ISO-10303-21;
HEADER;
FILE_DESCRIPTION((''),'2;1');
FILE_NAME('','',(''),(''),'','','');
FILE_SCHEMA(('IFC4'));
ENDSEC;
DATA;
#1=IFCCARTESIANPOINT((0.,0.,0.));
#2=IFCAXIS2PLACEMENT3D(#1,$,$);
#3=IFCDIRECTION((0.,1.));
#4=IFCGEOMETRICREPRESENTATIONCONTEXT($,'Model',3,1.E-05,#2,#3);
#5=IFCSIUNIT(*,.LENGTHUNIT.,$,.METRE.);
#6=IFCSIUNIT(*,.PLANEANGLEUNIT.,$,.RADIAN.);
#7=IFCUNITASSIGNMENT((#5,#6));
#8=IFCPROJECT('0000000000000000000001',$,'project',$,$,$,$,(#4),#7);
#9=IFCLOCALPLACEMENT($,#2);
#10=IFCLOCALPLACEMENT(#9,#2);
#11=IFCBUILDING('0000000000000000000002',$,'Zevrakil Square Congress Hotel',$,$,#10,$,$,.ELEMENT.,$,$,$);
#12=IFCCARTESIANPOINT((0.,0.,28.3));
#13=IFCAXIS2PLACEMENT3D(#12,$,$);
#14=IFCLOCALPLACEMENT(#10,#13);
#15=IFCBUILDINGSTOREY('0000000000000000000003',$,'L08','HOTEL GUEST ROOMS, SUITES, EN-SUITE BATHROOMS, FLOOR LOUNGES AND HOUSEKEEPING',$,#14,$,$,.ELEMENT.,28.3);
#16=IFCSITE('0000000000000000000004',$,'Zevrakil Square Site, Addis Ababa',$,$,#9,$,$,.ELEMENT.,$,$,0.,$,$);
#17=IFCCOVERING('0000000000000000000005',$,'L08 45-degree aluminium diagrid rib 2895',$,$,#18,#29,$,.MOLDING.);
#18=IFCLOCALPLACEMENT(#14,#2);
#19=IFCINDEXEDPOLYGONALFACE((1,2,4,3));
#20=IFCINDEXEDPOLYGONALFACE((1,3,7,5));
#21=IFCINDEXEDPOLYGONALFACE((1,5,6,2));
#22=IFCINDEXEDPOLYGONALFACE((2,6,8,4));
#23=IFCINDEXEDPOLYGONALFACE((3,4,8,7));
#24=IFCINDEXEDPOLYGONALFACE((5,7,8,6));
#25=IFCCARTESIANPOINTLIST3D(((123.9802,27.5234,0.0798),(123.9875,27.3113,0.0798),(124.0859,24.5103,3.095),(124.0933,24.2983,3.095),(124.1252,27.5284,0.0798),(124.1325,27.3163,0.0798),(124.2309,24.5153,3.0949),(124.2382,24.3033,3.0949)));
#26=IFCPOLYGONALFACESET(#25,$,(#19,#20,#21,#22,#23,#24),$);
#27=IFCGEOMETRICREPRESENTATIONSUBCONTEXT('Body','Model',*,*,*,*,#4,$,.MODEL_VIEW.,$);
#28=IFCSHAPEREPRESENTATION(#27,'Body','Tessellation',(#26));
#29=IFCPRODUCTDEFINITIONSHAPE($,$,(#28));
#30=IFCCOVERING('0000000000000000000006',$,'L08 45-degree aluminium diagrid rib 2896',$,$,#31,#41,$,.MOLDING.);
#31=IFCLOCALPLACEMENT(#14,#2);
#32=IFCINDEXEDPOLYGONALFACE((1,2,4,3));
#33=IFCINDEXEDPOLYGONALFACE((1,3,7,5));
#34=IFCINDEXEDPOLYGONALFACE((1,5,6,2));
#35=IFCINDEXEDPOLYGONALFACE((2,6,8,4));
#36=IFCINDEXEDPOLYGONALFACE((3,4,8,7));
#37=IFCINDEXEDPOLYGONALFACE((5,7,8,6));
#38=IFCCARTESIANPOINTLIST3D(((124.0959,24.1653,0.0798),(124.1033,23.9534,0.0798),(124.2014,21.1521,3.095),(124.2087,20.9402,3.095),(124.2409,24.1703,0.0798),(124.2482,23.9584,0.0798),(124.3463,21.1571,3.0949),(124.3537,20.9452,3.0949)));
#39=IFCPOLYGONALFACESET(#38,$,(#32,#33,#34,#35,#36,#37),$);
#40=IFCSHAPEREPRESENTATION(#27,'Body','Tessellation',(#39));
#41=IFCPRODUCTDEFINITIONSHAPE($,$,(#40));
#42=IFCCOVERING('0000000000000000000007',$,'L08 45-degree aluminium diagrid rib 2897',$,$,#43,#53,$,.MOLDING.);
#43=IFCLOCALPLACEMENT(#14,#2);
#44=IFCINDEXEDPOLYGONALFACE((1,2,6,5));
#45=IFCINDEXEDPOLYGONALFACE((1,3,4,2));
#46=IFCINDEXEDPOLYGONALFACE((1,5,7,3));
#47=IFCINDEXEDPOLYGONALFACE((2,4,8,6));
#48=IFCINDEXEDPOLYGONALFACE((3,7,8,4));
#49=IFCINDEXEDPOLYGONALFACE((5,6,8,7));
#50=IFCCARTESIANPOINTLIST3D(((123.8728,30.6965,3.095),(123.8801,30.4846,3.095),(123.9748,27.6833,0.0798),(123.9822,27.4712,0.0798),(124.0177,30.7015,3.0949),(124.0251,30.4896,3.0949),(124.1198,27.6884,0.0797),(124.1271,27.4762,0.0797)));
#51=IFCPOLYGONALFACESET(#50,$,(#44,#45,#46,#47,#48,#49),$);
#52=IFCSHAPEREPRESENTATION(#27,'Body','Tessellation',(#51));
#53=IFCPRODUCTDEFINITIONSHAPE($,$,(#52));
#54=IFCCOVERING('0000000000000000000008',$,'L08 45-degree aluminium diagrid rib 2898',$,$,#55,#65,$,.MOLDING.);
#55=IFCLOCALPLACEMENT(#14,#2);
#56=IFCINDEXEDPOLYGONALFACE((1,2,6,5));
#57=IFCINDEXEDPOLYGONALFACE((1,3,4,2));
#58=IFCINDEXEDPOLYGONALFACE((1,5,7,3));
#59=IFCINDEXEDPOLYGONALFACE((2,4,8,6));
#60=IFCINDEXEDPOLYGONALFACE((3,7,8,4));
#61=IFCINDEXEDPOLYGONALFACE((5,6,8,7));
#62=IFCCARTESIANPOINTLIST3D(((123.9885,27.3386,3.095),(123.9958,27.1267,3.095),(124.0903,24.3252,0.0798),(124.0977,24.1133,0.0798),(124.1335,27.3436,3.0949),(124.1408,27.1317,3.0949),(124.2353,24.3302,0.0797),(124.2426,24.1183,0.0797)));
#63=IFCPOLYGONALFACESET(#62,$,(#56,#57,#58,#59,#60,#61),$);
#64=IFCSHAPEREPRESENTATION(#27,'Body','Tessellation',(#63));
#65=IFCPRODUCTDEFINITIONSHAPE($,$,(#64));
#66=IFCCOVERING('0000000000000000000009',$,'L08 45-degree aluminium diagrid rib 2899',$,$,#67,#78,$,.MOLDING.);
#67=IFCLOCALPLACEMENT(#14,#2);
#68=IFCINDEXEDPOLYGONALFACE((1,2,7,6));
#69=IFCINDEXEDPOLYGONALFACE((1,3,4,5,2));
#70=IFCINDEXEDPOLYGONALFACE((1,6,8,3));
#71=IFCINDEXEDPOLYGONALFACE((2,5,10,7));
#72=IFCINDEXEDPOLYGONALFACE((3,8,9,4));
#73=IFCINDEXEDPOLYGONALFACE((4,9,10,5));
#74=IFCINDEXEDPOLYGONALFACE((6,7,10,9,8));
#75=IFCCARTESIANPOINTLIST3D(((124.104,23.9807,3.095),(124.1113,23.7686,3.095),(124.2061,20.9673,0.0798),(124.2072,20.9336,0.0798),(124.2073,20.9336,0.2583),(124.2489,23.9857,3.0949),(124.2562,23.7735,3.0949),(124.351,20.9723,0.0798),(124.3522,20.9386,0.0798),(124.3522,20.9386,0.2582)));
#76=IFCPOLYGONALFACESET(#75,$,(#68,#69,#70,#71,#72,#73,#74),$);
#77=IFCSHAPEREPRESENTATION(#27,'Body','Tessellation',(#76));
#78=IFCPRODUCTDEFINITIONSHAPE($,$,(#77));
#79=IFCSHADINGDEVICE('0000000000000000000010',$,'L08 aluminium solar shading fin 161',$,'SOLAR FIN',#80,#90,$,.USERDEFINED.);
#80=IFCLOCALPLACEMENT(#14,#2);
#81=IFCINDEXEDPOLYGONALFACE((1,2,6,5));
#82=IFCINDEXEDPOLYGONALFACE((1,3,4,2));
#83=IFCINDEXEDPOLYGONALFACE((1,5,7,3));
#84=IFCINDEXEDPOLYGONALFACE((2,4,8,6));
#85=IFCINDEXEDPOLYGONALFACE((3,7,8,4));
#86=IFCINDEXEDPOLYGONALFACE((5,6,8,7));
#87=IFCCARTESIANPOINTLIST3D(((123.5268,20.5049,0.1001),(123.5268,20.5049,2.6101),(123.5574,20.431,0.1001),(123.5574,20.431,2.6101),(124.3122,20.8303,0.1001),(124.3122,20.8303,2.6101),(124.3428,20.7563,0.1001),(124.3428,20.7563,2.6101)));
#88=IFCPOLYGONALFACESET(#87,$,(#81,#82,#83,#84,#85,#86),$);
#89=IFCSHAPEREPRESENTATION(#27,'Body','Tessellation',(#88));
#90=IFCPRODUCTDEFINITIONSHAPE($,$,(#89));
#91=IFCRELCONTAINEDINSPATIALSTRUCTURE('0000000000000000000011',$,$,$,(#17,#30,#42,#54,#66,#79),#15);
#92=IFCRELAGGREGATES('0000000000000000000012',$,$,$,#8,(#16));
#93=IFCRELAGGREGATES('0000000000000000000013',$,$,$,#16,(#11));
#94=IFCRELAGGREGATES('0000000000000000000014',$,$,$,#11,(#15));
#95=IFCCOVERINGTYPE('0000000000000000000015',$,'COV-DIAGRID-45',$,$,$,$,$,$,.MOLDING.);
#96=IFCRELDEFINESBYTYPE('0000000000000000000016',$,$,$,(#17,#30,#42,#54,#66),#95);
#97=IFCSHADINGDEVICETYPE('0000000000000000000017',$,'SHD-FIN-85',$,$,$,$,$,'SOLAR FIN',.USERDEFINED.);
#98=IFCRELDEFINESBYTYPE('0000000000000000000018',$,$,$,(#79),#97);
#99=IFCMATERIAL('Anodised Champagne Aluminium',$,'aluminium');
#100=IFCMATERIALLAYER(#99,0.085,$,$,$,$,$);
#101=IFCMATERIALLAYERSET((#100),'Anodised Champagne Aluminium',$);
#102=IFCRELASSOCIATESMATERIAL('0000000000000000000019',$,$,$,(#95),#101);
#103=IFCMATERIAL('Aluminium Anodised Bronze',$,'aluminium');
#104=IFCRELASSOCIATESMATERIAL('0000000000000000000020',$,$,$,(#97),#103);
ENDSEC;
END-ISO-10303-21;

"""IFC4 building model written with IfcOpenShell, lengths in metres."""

from ifc_helpers import new_model, si_unit, direction, frame, origin, origin_2d, place, context, subcontext, project, spatial, polyline, rectangle, outline, extrude, material, layer, layer_set, type_object, element, save


model = new_model("IFC4")

# Units and contexts
model_context = context("Model", 3, precision=1e-05, world=origin(), true_north=direction((0.0, 1.0)))
body_context = subcontext(model_context, "Body", "Model", "MODEL_VIEW")
ifc_project = project(units=[si_unit("LENGTHUNIT", "METRE"), si_unit("PLANEANGLEUNIT", "RADIAN")], contexts=[model_context])

# Site, building, storey
site_placement = place(None, origin())
site = spatial("IfcSite", under=ifc_project, at=site_placement, Name="Zevrakil Square Site, Addis Ababa", CompositionType="ELEMENT", RefElevation=0.0)
building_placement = place(site_placement, origin())
building = spatial("IfcBuilding", under=site, at=building_placement, Name="Zevrakil Square Congress Hotel", CompositionType="ELEMENT")
storey_placement = place(building_placement, frame((0.0, 0.0, 28.3)))
storey = spatial("IfcBuildingStorey", under=building, at=storey_placement, Name="L08", Description="HOTEL GUEST ROOMS, SUITES, EN-SUITE BATHROOMS, FLOOR LOUNGES AND HOUSEKEEPING", CompositionType="ELEMENT", Elevation=28.3)

# Coverings
ifc_material_1 = material(Name="Anodised Champagne Aluminium", Category="aluminium")
ifc_layer_1 = layer(ifc_material_1, 0.085)
ifc_layer_set_1 = layer_set([ifc_layer_1], Name="Anodised Champagne Aluminium")
covering_type_1 = type_object("IfcCoveringType", Name="COV-DIAGRID-45", PredefinedType="MOLDING", material=ifc_layer_set_1)
covering_1_placement = place(storey_placement, frame((123.9875, 27.3113, 0.0798), z_axis=(-0.999404, -0.034522, 0.000542), x_axis=(-0.034522, 0.999404, 0.0)))
element("IfcCovering", 1, at=covering_1_placement, inside=storey, type_object=covering_type_1, Name="L08 45-degree aluminium diagrid rib 2895", PredefinedType="MOLDING", context=body_context, shape_type="SweptSolid", body=[
    extrude(outline(polyline([(0.0, 0.0), (0.2123, 0.0), (-2.8028, -3.0151), (-3.0148, -3.0151), (0.0, 0.0)])), origin(), (0.0, 0.0, -1.0), 0.145),
])
covering_2_placement = place(storey_placement, frame((124.1033, 23.9534, 0.0798), z_axis=(-0.999403, -0.034542, 0.00044), x_axis=(-0.034542, 0.999403, 0.0)))
element("IfcCovering", 2, at=covering_2_placement, inside=storey, type_object=covering_type_1, Name="L08 45-degree aluminium diagrid rib 2896", PredefinedType="MOLDING", context=body_context, shape_type="SweptSolid", body=[
    extrude(outline(polyline([(0.0, 0.0), (0.212, 0.0), (-2.803, -3.0151), (-3.015, -3.0151), (0.0, 0.0)])), origin(), (0.0, 0.0, -1.0), 0.145),
])
covering_3_placement = place(storey_placement, frame((123.8728, 30.6965, 3.095), z_axis=(-0.999404, -0.034522, 0.000675), x_axis=(0.034522, -0.999404, 0.0)))
element("IfcCovering", 3, at=covering_3_placement, inside=storey, type_object=covering_type_1, Name="L08 45-degree aluminium diagrid rib 2897", PredefinedType="MOLDING", context=body_context, shape_type="SweptSolid", body=[
    extrude(outline(polyline([(0.0, 0.0), (0.212, 0.0), (3.2272, -3.0151), (3.0149, -3.0151), (0.0, 0.0)])), origin(), (0.0, 0.0, -1.0), 0.145),
])
covering_4_placement = place(storey_placement, frame((123.9885, 27.3386, 3.095), z_axis=(-0.999403, -0.034542, 0.000777), x_axis=(0.034542, -0.999403, 0.0)))
element("IfcCovering", 4, at=covering_4_placement, inside=storey, type_object=covering_type_1, Name="L08 45-degree aluminium diagrid rib 2898", PredefinedType="MOLDING", context=body_context, shape_type="SweptSolid", body=[
    extrude(outline(polyline([(0.0, 0.0), (0.212, 0.0), (3.2272, -3.0151), (3.0151, -3.0151), (0.0, 0.0)])), origin(), (0.0, 0.0, -1.0), 0.145),
])
covering_5_placement = place(storey_placement, frame((124.104, 23.9807, 3.095), z_axis=(-0.999409, -0.034366, 0.000519), x_axis=(0.034366, -0.999409, 0.0)))
element("IfcCovering", 5, at=covering_5_placement, inside=storey, type_object=covering_type_1, Name="L08 45-degree aluminium diagrid rib 2899", PredefinedType="MOLDING", context=body_context, shape_type="SweptSolid", body=[
    extrude(outline(polyline([(0.0, 0.0), (0.2123, 0.0), (3.0489, -2.8367), (3.0489, -3.0151), (3.0152, -3.0151), (0.0, 0.0)])), origin(), (0.0, 0.0, -1.0), 0.145),
])

# Shading device
ifc_material_2 = material(Name="Aluminium Anodised Bronze", Category="aluminium")
shading_device_type = type_object("IfcShadingDeviceType", Name="SHD-FIN-85", ElementType="SOLAR FIN", PredefinedType="USERDEFINED", material=ifc_material_2)
shading_device_placement = place(storey_placement, frame((123.9348, 20.6306, 0.1001), z_axis=(0.0, 0.0, 1.0), x_axis=(-0.92388, -0.382683, 0.0)))
element("IfcShadingDevice", 6, at=shading_device_placement, inside=storey, type_object=shading_device_type, Name="L08 aluminium solar shading fin 161", ObjectType="SOLAR FIN", PredefinedType="USERDEFINED", context=body_context, shape_type="SweptSolid", body=[
    extrude(rectangle(XDim=0.8501, YDim=0.0801, at=origin_2d()), origin(), (0.0, 0.0, 1.0), 2.51),
])

save(model, "model.ifc")
